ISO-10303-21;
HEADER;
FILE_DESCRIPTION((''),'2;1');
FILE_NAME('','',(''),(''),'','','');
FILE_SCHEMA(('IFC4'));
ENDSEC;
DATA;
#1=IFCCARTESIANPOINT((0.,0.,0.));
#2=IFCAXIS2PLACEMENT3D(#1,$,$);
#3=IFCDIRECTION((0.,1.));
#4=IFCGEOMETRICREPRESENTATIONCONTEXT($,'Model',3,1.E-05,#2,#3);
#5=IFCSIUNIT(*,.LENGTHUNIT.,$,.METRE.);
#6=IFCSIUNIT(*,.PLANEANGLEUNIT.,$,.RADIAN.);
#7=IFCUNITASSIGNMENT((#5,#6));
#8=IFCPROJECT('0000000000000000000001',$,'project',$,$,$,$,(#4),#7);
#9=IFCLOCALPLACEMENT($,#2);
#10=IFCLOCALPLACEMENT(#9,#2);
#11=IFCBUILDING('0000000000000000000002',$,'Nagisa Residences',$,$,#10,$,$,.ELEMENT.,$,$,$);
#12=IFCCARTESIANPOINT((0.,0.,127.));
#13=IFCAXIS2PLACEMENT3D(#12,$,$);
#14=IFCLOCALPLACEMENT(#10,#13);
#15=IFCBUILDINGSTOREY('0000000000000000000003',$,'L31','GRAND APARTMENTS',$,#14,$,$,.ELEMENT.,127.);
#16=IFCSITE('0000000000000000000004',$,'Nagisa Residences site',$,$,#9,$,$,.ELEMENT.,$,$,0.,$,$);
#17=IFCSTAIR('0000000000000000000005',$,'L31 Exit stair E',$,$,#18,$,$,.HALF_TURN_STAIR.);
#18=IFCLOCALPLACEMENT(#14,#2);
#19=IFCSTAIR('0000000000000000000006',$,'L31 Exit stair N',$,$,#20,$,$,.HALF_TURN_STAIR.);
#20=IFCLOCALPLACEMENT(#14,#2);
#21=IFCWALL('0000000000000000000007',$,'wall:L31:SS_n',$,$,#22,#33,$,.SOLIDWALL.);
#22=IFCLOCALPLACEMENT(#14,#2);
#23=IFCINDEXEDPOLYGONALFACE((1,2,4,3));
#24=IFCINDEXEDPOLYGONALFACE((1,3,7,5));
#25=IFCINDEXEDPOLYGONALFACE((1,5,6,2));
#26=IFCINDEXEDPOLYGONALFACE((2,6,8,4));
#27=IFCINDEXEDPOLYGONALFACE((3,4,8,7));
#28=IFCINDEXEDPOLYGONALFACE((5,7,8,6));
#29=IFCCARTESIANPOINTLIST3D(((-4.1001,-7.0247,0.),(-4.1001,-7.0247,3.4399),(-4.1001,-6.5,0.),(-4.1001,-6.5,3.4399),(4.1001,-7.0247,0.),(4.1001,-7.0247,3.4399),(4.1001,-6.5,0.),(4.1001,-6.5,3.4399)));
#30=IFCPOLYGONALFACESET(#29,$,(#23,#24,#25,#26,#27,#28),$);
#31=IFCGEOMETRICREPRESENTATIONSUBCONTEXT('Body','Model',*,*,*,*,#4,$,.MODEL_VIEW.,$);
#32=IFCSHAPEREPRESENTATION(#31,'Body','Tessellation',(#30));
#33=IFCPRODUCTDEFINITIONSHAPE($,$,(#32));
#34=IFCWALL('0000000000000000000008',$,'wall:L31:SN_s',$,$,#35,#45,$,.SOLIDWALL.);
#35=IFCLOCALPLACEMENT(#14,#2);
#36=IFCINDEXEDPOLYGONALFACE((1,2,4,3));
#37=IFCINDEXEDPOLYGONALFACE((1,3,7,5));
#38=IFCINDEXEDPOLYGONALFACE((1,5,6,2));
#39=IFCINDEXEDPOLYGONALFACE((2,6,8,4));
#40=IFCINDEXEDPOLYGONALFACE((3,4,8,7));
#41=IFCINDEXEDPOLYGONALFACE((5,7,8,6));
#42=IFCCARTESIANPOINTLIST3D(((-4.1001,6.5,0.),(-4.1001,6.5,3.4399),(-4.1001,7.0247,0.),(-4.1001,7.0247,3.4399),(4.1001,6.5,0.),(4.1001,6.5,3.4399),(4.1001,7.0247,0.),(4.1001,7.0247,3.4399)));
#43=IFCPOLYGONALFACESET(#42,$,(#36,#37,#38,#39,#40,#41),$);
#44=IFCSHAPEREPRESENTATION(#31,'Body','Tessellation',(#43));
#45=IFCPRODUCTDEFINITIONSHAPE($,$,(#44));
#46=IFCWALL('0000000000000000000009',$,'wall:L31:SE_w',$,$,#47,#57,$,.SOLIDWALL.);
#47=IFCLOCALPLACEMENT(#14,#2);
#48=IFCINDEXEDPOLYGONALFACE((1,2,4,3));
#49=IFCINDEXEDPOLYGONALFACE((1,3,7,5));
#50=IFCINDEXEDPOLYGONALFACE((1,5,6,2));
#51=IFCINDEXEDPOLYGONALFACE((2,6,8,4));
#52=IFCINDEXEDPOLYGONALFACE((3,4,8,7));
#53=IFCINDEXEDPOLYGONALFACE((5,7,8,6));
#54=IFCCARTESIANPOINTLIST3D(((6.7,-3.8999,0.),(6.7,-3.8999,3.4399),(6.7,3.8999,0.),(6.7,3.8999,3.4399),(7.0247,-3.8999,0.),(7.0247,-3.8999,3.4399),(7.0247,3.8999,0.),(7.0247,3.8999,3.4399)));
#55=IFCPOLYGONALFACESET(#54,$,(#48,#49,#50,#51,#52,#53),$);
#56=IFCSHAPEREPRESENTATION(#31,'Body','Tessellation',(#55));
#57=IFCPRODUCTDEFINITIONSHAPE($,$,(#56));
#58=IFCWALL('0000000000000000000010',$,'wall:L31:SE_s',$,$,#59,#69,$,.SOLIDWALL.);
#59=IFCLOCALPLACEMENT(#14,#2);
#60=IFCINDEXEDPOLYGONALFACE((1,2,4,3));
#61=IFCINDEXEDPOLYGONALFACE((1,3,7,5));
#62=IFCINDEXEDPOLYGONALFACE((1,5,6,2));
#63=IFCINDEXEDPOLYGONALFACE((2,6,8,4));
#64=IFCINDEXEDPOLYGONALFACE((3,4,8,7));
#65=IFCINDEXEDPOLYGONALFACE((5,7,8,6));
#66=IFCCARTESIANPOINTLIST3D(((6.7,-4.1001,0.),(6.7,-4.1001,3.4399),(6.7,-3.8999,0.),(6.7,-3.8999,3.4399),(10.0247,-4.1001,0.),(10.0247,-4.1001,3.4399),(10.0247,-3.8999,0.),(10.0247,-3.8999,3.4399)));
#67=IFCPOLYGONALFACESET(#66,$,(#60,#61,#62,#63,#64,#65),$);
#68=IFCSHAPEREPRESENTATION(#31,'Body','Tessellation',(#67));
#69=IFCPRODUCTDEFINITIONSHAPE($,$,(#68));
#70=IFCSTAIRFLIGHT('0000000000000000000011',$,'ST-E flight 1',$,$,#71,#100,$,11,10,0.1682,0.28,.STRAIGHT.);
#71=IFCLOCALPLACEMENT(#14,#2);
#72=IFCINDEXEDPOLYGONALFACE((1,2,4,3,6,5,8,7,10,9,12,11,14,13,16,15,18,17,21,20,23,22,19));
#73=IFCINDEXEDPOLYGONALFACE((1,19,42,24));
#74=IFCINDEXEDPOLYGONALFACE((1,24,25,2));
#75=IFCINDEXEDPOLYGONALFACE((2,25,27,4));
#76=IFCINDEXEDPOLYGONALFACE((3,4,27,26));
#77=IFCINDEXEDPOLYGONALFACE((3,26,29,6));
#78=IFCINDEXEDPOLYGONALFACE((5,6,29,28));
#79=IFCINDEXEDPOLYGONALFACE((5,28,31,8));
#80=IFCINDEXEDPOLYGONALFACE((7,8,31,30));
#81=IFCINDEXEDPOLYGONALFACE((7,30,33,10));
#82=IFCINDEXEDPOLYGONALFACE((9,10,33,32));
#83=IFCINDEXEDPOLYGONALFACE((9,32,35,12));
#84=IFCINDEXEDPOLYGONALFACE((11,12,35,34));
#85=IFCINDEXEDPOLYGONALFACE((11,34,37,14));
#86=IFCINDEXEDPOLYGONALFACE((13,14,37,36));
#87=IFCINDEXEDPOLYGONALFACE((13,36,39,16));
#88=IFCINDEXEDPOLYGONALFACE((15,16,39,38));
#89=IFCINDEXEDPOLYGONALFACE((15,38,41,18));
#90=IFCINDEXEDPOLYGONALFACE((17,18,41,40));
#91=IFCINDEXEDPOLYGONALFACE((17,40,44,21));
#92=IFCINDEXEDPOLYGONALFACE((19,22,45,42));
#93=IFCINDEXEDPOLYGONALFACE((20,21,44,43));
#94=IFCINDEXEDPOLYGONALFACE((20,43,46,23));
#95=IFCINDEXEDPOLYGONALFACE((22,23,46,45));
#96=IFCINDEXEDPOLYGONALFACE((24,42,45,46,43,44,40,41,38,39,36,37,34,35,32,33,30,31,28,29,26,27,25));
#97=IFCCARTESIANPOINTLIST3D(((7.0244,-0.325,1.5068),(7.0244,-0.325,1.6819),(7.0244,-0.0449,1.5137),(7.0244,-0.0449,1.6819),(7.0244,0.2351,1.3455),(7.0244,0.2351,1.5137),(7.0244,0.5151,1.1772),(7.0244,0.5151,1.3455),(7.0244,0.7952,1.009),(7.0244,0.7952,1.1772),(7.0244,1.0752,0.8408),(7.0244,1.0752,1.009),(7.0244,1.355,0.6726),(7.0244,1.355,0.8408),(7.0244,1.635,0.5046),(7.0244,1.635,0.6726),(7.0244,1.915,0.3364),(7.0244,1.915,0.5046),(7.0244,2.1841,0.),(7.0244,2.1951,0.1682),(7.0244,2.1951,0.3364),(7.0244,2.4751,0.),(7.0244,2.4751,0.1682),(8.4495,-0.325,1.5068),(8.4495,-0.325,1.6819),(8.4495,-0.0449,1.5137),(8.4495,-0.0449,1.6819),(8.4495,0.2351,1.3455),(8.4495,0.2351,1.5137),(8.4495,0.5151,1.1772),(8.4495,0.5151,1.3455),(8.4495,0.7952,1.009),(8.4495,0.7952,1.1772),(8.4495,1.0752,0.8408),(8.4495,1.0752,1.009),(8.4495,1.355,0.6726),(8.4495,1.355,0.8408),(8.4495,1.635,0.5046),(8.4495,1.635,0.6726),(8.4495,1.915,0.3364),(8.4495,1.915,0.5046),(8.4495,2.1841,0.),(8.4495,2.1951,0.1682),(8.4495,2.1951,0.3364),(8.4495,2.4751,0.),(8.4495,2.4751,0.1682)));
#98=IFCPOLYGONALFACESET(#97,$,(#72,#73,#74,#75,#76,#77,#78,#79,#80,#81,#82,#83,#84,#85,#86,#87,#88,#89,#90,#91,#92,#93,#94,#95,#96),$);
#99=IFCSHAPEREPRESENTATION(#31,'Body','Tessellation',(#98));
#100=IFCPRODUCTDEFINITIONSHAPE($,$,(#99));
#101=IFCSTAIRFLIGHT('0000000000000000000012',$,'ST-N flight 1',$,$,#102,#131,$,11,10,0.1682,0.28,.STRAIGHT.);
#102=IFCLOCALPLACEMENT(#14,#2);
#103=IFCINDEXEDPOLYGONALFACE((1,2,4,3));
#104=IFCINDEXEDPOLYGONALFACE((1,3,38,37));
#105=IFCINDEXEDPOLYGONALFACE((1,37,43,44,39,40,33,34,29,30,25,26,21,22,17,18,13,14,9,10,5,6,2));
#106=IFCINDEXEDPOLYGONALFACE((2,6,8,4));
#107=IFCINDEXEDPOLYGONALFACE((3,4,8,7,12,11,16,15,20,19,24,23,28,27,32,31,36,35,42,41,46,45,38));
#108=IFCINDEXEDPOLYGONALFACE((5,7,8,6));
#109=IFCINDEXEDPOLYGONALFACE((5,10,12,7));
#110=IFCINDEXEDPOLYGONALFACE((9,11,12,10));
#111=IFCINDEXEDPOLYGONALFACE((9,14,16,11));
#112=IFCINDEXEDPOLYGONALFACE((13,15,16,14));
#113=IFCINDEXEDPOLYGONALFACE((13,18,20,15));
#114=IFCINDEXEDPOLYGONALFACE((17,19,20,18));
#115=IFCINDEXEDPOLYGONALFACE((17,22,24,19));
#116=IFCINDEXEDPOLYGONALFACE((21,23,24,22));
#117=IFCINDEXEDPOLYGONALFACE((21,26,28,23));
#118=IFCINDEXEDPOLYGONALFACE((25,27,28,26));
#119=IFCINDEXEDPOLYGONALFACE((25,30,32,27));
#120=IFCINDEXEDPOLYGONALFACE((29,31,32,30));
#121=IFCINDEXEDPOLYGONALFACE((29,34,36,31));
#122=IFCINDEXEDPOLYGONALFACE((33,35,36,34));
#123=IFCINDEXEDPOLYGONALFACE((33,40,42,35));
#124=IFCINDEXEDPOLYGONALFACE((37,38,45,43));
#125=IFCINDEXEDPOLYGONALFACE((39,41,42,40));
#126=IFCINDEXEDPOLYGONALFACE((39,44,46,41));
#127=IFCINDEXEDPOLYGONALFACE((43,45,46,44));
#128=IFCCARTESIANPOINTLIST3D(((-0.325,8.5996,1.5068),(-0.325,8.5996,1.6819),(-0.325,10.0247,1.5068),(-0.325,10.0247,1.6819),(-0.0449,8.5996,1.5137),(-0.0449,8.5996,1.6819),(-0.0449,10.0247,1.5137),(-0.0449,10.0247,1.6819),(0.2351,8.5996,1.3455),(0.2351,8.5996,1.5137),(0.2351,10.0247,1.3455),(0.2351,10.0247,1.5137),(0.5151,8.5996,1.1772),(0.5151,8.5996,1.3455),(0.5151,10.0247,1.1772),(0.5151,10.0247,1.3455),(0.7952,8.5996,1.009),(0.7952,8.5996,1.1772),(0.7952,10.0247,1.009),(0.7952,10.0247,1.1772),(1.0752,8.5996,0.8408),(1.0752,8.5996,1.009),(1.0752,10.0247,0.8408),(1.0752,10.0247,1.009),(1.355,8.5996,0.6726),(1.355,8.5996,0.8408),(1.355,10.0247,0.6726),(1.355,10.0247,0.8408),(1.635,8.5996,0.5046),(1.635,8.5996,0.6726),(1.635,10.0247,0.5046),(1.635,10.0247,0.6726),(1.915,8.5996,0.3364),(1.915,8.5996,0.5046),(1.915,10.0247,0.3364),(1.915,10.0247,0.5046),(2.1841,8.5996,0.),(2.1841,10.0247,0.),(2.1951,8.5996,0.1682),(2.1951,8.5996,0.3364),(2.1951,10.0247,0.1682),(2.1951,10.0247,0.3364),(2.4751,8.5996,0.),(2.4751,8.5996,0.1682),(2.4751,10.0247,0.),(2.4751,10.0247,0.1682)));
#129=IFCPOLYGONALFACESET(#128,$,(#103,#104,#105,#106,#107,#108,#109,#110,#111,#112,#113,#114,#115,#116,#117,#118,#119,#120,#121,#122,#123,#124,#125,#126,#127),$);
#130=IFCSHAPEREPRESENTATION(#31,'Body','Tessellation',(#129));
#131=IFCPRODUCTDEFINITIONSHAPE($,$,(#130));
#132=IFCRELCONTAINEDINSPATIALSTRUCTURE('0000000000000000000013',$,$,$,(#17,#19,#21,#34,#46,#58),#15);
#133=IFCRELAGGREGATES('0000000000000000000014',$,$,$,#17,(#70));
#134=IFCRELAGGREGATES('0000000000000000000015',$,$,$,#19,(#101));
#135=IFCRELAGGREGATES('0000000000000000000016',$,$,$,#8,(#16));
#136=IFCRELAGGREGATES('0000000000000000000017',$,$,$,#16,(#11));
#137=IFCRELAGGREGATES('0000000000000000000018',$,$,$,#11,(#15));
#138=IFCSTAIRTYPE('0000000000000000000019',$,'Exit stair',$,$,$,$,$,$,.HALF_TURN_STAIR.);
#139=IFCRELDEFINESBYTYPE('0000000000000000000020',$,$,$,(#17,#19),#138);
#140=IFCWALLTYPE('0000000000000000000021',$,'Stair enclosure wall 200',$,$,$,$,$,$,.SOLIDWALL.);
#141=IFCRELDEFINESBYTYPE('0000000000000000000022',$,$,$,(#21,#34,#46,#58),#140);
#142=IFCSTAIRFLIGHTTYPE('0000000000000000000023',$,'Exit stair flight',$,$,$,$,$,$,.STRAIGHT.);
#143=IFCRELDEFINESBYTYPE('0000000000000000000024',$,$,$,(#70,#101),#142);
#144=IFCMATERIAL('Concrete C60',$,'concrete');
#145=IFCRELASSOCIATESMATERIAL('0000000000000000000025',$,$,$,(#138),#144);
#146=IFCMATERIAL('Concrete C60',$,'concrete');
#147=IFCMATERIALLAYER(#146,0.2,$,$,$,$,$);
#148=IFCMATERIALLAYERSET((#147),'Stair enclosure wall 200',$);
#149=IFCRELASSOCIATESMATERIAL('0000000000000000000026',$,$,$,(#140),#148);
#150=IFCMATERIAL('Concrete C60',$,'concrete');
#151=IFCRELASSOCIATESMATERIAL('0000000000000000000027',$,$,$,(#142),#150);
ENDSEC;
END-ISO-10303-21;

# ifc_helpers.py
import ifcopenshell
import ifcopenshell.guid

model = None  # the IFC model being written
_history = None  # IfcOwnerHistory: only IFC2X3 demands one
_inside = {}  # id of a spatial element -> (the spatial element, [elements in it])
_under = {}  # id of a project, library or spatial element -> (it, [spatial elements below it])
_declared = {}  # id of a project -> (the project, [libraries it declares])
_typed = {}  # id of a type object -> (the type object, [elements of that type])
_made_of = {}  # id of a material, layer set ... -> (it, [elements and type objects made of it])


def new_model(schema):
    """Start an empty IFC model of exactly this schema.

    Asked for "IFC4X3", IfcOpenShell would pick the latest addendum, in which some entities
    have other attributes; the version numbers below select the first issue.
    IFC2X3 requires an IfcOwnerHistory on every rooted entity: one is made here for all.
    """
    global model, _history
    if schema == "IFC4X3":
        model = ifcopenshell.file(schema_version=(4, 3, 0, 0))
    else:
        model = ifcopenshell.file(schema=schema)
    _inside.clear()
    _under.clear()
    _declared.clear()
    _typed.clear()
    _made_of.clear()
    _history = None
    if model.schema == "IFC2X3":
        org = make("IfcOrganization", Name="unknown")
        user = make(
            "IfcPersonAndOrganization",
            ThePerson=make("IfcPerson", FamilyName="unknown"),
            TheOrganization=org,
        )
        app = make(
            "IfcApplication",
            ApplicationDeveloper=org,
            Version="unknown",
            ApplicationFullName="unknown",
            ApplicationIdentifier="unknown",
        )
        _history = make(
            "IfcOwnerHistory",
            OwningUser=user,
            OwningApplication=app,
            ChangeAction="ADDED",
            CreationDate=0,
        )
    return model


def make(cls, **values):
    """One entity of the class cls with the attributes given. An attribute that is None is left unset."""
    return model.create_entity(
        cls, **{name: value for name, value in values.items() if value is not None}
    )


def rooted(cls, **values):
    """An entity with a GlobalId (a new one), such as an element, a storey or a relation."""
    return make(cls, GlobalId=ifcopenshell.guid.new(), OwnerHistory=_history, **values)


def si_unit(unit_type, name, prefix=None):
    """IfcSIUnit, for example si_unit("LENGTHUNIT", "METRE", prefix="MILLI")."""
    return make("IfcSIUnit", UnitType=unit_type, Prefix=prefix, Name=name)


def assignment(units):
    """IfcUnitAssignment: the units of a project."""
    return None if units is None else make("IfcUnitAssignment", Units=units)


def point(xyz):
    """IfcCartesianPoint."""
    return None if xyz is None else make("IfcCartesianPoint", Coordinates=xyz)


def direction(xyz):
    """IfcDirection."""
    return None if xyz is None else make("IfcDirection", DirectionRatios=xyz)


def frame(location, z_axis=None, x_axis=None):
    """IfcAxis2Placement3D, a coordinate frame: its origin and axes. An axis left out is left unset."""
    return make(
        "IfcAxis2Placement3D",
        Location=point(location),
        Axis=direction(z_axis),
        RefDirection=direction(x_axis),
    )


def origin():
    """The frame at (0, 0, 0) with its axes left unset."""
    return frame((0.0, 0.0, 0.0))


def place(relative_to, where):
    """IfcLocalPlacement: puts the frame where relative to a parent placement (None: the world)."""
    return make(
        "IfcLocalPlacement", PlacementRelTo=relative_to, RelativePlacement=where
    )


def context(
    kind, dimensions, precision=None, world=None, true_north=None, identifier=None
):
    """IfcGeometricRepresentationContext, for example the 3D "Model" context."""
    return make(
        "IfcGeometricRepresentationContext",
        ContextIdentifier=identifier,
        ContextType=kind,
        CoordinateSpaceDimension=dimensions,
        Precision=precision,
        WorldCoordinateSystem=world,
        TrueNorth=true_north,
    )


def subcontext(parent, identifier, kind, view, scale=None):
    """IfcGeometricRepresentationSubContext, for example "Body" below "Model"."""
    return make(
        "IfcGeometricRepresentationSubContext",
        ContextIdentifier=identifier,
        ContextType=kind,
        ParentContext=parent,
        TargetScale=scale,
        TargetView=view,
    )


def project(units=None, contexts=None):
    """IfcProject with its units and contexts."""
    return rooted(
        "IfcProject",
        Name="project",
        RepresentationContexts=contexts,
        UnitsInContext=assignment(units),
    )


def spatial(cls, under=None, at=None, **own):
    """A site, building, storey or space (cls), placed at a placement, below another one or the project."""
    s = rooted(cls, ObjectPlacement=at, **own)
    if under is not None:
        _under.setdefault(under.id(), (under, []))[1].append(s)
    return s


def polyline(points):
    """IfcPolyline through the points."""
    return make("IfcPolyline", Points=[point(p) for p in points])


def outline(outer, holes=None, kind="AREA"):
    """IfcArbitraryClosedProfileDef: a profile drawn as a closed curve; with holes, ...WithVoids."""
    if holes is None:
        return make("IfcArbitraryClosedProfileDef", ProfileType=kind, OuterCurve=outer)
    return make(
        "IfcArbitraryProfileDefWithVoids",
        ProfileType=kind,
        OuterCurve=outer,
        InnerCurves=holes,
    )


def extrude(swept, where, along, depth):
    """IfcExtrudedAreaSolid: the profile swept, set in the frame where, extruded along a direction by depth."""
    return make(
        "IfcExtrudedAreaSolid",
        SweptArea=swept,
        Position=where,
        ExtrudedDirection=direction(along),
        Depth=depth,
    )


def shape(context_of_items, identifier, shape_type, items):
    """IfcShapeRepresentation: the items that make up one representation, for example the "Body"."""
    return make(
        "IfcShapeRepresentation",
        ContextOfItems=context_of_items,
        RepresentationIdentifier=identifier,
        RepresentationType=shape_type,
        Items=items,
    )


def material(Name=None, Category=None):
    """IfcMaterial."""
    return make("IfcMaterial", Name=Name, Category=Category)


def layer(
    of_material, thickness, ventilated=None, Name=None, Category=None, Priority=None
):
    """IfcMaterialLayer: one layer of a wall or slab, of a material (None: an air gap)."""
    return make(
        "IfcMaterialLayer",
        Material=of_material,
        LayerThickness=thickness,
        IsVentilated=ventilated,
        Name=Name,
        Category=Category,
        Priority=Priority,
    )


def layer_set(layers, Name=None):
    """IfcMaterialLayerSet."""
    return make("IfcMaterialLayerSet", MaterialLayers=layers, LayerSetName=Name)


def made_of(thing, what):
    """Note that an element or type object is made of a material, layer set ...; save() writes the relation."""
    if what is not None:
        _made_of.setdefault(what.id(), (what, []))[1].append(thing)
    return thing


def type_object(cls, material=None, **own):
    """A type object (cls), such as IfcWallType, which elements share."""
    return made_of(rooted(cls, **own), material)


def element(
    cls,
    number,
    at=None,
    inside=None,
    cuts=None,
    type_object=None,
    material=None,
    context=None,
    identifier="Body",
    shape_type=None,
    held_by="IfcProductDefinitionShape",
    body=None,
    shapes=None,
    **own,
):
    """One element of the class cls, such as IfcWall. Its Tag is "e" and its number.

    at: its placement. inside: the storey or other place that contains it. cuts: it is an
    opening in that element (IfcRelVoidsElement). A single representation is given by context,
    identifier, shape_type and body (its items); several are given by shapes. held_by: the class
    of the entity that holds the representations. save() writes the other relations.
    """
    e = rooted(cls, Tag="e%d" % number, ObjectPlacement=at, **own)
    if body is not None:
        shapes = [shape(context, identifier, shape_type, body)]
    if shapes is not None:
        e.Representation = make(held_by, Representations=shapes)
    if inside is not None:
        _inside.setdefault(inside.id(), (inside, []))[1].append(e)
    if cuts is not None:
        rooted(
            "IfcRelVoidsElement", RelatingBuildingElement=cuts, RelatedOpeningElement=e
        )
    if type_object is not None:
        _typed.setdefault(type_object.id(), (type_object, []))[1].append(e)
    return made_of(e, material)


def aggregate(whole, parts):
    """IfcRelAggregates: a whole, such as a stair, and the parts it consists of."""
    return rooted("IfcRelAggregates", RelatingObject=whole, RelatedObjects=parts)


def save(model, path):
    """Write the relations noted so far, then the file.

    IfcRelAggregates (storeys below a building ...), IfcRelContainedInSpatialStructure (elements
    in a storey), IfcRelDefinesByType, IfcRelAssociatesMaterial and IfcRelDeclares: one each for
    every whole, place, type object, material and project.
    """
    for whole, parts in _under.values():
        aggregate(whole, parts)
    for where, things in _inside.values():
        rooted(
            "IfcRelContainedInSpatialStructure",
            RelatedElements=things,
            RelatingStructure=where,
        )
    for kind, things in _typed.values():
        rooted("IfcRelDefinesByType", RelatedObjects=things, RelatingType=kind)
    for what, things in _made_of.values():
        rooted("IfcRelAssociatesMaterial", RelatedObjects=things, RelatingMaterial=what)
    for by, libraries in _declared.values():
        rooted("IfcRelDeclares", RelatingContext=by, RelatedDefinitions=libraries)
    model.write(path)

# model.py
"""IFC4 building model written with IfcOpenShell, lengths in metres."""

from ifc_helpers import new_model, si_unit, direction, frame, origin, place, context, subcontext, project, spatial, polyline, outline, extrude, material, layer, layer_set, type_object, element, aggregate, save


model = new_model("IFC4")

# Units and contexts
model_context = context("Model", 3, precision=1e-05, world=origin(), true_north=direction((0.0, 1.0)))
body_context = subcontext(model_context, "Body", "Model", "MODEL_VIEW")
ifc_project = project(units=[si_unit("LENGTHUNIT", "METRE"), si_unit("PLANEANGLEUNIT", "RADIAN")], contexts=[model_context])

# Site, building, storey
site_placement = place(None, origin())
site = spatial("IfcSite", under=ifc_project, at=site_placement, Name="Nagisa Residences site", CompositionType="ELEMENT", RefElevation=0.0)
building_placement = place(site_placement, origin())
building = spatial("IfcBuilding", under=site, at=building_placement, Name="Nagisa Residences", CompositionType="ELEMENT")
storey_placement = place(building_placement, frame((0.0, 0.0, 127.0)))
storey = spatial("IfcBuildingStorey", under=building, at=storey_placement, Name="L31", Description="GRAND APARTMENTS", CompositionType="ELEMENT", Elevation=127.0)

# Stairs
ifc_material_1 = material(Name="Concrete C60", Category="concrete")
stair_type = type_object("IfcStairType", Name="Exit stair", PredefinedType="HALF_TURN_STAIR", material=ifc_material_1)
stair_1_placement = place(storey_placement, origin())
stair_1 = element("IfcStair", 1, at=stair_1_placement, inside=storey, type_object=stair_type, Name="L31 Exit stair E", PredefinedType="HALF_TURN_STAIR")
stair_2_placement = place(storey_placement, origin())
stair_2 = element("IfcStair", 2, at=stair_2_placement, inside=storey, type_object=stair_type, Name="L31 Exit stair N", PredefinedType="HALF_TURN_STAIR")

# Shared definitions
ifc_material_2 = material(Name="Concrete C60", Category="concrete")
ifc_layer_1 = layer(ifc_material_2, 0.2)
ifc_layer_set_1 = layer_set([ifc_layer_1], Name="Stair enclosure wall 200")
wall_type_1 = type_object("IfcWallType", Name="Stair enclosure wall 200", PredefinedType="SOLIDWALL", material=ifc_layer_set_1)

# Walls
wall_1_placement = place(storey_placement, origin())
element("IfcWall", 3, at=wall_1_placement, inside=storey, type_object=wall_type_1, Name="wall:L31:SS_n", PredefinedType="SOLIDWALL", context=body_context, shape_type="SweptSolid", body=[
    extrude(outline(polyline([(4.1001, -7.0247), (-4.1001, -7.0247), (-4.1001, -6.5), (4.1001, -6.5), (4.1001, -7.0247)])), origin(), (0.0, 0.0, 1.0), 3.4399),
])
wall_2_placement = place(storey_placement, origin())
element("IfcWall", 4, at=wall_2_placement, inside=storey, type_object=wall_type_1, Name="wall:L31:SN_s", PredefinedType="SOLIDWALL", context=body_context, shape_type="SweptSolid", body=[
    extrude(outline(polyline([(4.1001, 6.5), (-4.1001, 6.5), (-4.1001, 7.0247), (4.1001, 7.0247), (4.1001, 6.5)])), origin(), (0.0, 0.0, 1.0), 3.4399),
])
wall_3_placement = place(storey_placement, origin())
element("IfcWall", 5, at=wall_3_placement, inside=storey, type_object=wall_type_1, Name="wall:L31:SE_w", PredefinedType="SOLIDWALL", context=body_context, shape_type="SweptSolid", body=[
    extrude(outline(polyline([(7.0247, -3.8999), (6.7, -3.8999), (6.7, 3.8999), (7.0247, 3.8999), (7.0247, -3.8999)])), origin(), (0.0, 0.0, 1.0), 3.4399),
])
wall_4_placement = place(storey_placement, origin())
element("IfcWall", 6, at=wall_4_placement, inside=storey, type_object=wall_type_1, Name="wall:L31:SE_s", PredefinedType="SOLIDWALL", context=body_context, shape_type="SweptSolid", body=[
    extrude(outline(polyline([(10.0247, -4.1001), (6.7, -4.1001), (6.7, -3.8999), (10.0247, -3.8999), (10.0247, -4.1001)])), origin(), (0.0, 0.0, 1.0), 3.4399),
])

# Stair flights
ifc_material_3 = material(Name="Concrete C60", Category="concrete")
stair_flight_type = type_object("IfcStairFlightType", Name="Exit stair flight", PredefinedType="STRAIGHT", material=ifc_material_3)
stair_flight_1_placement = place(storey_placement, frame((7.7371, 2.4751, 0.0), z_axis=(0.0, 0.0, 1.0), x_axis=(0.0, -1.0, 0.0)))
stair_flight_1 = element("IfcStairFlight", 7, at=stair_flight_1_placement, type_object=stair_flight_type, Name="ST-E flight 1", NumberOfRisers=11, NumberOfTreads=10, PredefinedType="STRAIGHT", RiserHeight=0.1682, TreadLength=0.28, context=body_context, shape_type="SweptSolid", body=[
    extrude(outline(polyline([(0.0, 0.0), (0.0, 0.1682), (0.28, 0.1682), (0.28, 0.3364), (0.5601, 0.3364), (0.5601, 0.5046), (0.8401, 0.5046), (0.8401, 0.6726), (1.1201, 0.6726), (1.1201, 0.8408), (1.3999, 0.8408), (1.3999, 1.009), (1.6799, 1.009), (1.6799, 1.1772), (1.96, 1.1772), (1.96, 1.3455), (2.24, 1.3455), (2.24, 1.5137), (2.52, 1.5137), (2.52, 1.6819), (2.8, 1.6819), (2.8, 1.8501), (2.8, 1.5068), (0.291, 0.0), (0.0, 0.0)])), frame((0.0, 0.7124, 0.0), z_axis=(0.0, -1.0, 0.0), x_axis=(1.0, 0.0, 0.0)), (0.0, 0.0, 1.0), 1.425),
])
aggregate(stair_1, [stair_flight_1])
stair_flight_2_placement = place(storey_placement, frame((2.4751, 9.312, 0.0), z_axis=(0.0, 0.0, 1.0), x_axis=(-1.0, 0.0, 0.0)))
stair_flight_2 = element("IfcStairFlight", 8, at=stair_flight_2_placement, type_object=stair_flight_type, Name="ST-N flight 1", NumberOfRisers=11, NumberOfTreads=10, PredefinedType="STRAIGHT", RiserHeight=0.1682, TreadLength=0.28, context=body_context, shape_type="SweptSolid", body=[
    extrude(outline(polyline([(0.0, 0.0), (0.0, 0.1682), (0.28, 0.1682), (0.28, 0.3364), (0.5601, 0.3364), (0.5601, 0.5046), (0.8401, 0.5046), (0.8401, 0.6726), (1.1201, 0.6726), (1.1201, 0.8408), (1.3999, 0.8408), (1.3999, 1.009), (1.6799, 1.009), (1.6799, 1.1772), (1.96, 1.1772), (1.96, 1.3455), (2.24, 1.3455), (2.24, 1.5137), (2.52, 1.5137), (2.52, 1.6819), (2.8, 1.6819), (2.8, 1.8501), (2.8, 1.5068), (0.291, 0.0), (0.0, 0.0)])), frame((0.0, 0.7124, 0.0), z_axis=(0.0, -1.0, 0.0), x_axis=(1.0, 0.0, 0.0)), (0.0, 0.0, 1.0), 1.425),
])
aggregate(stair_2, [stair_flight_2])

save(model, "model.ifc")
